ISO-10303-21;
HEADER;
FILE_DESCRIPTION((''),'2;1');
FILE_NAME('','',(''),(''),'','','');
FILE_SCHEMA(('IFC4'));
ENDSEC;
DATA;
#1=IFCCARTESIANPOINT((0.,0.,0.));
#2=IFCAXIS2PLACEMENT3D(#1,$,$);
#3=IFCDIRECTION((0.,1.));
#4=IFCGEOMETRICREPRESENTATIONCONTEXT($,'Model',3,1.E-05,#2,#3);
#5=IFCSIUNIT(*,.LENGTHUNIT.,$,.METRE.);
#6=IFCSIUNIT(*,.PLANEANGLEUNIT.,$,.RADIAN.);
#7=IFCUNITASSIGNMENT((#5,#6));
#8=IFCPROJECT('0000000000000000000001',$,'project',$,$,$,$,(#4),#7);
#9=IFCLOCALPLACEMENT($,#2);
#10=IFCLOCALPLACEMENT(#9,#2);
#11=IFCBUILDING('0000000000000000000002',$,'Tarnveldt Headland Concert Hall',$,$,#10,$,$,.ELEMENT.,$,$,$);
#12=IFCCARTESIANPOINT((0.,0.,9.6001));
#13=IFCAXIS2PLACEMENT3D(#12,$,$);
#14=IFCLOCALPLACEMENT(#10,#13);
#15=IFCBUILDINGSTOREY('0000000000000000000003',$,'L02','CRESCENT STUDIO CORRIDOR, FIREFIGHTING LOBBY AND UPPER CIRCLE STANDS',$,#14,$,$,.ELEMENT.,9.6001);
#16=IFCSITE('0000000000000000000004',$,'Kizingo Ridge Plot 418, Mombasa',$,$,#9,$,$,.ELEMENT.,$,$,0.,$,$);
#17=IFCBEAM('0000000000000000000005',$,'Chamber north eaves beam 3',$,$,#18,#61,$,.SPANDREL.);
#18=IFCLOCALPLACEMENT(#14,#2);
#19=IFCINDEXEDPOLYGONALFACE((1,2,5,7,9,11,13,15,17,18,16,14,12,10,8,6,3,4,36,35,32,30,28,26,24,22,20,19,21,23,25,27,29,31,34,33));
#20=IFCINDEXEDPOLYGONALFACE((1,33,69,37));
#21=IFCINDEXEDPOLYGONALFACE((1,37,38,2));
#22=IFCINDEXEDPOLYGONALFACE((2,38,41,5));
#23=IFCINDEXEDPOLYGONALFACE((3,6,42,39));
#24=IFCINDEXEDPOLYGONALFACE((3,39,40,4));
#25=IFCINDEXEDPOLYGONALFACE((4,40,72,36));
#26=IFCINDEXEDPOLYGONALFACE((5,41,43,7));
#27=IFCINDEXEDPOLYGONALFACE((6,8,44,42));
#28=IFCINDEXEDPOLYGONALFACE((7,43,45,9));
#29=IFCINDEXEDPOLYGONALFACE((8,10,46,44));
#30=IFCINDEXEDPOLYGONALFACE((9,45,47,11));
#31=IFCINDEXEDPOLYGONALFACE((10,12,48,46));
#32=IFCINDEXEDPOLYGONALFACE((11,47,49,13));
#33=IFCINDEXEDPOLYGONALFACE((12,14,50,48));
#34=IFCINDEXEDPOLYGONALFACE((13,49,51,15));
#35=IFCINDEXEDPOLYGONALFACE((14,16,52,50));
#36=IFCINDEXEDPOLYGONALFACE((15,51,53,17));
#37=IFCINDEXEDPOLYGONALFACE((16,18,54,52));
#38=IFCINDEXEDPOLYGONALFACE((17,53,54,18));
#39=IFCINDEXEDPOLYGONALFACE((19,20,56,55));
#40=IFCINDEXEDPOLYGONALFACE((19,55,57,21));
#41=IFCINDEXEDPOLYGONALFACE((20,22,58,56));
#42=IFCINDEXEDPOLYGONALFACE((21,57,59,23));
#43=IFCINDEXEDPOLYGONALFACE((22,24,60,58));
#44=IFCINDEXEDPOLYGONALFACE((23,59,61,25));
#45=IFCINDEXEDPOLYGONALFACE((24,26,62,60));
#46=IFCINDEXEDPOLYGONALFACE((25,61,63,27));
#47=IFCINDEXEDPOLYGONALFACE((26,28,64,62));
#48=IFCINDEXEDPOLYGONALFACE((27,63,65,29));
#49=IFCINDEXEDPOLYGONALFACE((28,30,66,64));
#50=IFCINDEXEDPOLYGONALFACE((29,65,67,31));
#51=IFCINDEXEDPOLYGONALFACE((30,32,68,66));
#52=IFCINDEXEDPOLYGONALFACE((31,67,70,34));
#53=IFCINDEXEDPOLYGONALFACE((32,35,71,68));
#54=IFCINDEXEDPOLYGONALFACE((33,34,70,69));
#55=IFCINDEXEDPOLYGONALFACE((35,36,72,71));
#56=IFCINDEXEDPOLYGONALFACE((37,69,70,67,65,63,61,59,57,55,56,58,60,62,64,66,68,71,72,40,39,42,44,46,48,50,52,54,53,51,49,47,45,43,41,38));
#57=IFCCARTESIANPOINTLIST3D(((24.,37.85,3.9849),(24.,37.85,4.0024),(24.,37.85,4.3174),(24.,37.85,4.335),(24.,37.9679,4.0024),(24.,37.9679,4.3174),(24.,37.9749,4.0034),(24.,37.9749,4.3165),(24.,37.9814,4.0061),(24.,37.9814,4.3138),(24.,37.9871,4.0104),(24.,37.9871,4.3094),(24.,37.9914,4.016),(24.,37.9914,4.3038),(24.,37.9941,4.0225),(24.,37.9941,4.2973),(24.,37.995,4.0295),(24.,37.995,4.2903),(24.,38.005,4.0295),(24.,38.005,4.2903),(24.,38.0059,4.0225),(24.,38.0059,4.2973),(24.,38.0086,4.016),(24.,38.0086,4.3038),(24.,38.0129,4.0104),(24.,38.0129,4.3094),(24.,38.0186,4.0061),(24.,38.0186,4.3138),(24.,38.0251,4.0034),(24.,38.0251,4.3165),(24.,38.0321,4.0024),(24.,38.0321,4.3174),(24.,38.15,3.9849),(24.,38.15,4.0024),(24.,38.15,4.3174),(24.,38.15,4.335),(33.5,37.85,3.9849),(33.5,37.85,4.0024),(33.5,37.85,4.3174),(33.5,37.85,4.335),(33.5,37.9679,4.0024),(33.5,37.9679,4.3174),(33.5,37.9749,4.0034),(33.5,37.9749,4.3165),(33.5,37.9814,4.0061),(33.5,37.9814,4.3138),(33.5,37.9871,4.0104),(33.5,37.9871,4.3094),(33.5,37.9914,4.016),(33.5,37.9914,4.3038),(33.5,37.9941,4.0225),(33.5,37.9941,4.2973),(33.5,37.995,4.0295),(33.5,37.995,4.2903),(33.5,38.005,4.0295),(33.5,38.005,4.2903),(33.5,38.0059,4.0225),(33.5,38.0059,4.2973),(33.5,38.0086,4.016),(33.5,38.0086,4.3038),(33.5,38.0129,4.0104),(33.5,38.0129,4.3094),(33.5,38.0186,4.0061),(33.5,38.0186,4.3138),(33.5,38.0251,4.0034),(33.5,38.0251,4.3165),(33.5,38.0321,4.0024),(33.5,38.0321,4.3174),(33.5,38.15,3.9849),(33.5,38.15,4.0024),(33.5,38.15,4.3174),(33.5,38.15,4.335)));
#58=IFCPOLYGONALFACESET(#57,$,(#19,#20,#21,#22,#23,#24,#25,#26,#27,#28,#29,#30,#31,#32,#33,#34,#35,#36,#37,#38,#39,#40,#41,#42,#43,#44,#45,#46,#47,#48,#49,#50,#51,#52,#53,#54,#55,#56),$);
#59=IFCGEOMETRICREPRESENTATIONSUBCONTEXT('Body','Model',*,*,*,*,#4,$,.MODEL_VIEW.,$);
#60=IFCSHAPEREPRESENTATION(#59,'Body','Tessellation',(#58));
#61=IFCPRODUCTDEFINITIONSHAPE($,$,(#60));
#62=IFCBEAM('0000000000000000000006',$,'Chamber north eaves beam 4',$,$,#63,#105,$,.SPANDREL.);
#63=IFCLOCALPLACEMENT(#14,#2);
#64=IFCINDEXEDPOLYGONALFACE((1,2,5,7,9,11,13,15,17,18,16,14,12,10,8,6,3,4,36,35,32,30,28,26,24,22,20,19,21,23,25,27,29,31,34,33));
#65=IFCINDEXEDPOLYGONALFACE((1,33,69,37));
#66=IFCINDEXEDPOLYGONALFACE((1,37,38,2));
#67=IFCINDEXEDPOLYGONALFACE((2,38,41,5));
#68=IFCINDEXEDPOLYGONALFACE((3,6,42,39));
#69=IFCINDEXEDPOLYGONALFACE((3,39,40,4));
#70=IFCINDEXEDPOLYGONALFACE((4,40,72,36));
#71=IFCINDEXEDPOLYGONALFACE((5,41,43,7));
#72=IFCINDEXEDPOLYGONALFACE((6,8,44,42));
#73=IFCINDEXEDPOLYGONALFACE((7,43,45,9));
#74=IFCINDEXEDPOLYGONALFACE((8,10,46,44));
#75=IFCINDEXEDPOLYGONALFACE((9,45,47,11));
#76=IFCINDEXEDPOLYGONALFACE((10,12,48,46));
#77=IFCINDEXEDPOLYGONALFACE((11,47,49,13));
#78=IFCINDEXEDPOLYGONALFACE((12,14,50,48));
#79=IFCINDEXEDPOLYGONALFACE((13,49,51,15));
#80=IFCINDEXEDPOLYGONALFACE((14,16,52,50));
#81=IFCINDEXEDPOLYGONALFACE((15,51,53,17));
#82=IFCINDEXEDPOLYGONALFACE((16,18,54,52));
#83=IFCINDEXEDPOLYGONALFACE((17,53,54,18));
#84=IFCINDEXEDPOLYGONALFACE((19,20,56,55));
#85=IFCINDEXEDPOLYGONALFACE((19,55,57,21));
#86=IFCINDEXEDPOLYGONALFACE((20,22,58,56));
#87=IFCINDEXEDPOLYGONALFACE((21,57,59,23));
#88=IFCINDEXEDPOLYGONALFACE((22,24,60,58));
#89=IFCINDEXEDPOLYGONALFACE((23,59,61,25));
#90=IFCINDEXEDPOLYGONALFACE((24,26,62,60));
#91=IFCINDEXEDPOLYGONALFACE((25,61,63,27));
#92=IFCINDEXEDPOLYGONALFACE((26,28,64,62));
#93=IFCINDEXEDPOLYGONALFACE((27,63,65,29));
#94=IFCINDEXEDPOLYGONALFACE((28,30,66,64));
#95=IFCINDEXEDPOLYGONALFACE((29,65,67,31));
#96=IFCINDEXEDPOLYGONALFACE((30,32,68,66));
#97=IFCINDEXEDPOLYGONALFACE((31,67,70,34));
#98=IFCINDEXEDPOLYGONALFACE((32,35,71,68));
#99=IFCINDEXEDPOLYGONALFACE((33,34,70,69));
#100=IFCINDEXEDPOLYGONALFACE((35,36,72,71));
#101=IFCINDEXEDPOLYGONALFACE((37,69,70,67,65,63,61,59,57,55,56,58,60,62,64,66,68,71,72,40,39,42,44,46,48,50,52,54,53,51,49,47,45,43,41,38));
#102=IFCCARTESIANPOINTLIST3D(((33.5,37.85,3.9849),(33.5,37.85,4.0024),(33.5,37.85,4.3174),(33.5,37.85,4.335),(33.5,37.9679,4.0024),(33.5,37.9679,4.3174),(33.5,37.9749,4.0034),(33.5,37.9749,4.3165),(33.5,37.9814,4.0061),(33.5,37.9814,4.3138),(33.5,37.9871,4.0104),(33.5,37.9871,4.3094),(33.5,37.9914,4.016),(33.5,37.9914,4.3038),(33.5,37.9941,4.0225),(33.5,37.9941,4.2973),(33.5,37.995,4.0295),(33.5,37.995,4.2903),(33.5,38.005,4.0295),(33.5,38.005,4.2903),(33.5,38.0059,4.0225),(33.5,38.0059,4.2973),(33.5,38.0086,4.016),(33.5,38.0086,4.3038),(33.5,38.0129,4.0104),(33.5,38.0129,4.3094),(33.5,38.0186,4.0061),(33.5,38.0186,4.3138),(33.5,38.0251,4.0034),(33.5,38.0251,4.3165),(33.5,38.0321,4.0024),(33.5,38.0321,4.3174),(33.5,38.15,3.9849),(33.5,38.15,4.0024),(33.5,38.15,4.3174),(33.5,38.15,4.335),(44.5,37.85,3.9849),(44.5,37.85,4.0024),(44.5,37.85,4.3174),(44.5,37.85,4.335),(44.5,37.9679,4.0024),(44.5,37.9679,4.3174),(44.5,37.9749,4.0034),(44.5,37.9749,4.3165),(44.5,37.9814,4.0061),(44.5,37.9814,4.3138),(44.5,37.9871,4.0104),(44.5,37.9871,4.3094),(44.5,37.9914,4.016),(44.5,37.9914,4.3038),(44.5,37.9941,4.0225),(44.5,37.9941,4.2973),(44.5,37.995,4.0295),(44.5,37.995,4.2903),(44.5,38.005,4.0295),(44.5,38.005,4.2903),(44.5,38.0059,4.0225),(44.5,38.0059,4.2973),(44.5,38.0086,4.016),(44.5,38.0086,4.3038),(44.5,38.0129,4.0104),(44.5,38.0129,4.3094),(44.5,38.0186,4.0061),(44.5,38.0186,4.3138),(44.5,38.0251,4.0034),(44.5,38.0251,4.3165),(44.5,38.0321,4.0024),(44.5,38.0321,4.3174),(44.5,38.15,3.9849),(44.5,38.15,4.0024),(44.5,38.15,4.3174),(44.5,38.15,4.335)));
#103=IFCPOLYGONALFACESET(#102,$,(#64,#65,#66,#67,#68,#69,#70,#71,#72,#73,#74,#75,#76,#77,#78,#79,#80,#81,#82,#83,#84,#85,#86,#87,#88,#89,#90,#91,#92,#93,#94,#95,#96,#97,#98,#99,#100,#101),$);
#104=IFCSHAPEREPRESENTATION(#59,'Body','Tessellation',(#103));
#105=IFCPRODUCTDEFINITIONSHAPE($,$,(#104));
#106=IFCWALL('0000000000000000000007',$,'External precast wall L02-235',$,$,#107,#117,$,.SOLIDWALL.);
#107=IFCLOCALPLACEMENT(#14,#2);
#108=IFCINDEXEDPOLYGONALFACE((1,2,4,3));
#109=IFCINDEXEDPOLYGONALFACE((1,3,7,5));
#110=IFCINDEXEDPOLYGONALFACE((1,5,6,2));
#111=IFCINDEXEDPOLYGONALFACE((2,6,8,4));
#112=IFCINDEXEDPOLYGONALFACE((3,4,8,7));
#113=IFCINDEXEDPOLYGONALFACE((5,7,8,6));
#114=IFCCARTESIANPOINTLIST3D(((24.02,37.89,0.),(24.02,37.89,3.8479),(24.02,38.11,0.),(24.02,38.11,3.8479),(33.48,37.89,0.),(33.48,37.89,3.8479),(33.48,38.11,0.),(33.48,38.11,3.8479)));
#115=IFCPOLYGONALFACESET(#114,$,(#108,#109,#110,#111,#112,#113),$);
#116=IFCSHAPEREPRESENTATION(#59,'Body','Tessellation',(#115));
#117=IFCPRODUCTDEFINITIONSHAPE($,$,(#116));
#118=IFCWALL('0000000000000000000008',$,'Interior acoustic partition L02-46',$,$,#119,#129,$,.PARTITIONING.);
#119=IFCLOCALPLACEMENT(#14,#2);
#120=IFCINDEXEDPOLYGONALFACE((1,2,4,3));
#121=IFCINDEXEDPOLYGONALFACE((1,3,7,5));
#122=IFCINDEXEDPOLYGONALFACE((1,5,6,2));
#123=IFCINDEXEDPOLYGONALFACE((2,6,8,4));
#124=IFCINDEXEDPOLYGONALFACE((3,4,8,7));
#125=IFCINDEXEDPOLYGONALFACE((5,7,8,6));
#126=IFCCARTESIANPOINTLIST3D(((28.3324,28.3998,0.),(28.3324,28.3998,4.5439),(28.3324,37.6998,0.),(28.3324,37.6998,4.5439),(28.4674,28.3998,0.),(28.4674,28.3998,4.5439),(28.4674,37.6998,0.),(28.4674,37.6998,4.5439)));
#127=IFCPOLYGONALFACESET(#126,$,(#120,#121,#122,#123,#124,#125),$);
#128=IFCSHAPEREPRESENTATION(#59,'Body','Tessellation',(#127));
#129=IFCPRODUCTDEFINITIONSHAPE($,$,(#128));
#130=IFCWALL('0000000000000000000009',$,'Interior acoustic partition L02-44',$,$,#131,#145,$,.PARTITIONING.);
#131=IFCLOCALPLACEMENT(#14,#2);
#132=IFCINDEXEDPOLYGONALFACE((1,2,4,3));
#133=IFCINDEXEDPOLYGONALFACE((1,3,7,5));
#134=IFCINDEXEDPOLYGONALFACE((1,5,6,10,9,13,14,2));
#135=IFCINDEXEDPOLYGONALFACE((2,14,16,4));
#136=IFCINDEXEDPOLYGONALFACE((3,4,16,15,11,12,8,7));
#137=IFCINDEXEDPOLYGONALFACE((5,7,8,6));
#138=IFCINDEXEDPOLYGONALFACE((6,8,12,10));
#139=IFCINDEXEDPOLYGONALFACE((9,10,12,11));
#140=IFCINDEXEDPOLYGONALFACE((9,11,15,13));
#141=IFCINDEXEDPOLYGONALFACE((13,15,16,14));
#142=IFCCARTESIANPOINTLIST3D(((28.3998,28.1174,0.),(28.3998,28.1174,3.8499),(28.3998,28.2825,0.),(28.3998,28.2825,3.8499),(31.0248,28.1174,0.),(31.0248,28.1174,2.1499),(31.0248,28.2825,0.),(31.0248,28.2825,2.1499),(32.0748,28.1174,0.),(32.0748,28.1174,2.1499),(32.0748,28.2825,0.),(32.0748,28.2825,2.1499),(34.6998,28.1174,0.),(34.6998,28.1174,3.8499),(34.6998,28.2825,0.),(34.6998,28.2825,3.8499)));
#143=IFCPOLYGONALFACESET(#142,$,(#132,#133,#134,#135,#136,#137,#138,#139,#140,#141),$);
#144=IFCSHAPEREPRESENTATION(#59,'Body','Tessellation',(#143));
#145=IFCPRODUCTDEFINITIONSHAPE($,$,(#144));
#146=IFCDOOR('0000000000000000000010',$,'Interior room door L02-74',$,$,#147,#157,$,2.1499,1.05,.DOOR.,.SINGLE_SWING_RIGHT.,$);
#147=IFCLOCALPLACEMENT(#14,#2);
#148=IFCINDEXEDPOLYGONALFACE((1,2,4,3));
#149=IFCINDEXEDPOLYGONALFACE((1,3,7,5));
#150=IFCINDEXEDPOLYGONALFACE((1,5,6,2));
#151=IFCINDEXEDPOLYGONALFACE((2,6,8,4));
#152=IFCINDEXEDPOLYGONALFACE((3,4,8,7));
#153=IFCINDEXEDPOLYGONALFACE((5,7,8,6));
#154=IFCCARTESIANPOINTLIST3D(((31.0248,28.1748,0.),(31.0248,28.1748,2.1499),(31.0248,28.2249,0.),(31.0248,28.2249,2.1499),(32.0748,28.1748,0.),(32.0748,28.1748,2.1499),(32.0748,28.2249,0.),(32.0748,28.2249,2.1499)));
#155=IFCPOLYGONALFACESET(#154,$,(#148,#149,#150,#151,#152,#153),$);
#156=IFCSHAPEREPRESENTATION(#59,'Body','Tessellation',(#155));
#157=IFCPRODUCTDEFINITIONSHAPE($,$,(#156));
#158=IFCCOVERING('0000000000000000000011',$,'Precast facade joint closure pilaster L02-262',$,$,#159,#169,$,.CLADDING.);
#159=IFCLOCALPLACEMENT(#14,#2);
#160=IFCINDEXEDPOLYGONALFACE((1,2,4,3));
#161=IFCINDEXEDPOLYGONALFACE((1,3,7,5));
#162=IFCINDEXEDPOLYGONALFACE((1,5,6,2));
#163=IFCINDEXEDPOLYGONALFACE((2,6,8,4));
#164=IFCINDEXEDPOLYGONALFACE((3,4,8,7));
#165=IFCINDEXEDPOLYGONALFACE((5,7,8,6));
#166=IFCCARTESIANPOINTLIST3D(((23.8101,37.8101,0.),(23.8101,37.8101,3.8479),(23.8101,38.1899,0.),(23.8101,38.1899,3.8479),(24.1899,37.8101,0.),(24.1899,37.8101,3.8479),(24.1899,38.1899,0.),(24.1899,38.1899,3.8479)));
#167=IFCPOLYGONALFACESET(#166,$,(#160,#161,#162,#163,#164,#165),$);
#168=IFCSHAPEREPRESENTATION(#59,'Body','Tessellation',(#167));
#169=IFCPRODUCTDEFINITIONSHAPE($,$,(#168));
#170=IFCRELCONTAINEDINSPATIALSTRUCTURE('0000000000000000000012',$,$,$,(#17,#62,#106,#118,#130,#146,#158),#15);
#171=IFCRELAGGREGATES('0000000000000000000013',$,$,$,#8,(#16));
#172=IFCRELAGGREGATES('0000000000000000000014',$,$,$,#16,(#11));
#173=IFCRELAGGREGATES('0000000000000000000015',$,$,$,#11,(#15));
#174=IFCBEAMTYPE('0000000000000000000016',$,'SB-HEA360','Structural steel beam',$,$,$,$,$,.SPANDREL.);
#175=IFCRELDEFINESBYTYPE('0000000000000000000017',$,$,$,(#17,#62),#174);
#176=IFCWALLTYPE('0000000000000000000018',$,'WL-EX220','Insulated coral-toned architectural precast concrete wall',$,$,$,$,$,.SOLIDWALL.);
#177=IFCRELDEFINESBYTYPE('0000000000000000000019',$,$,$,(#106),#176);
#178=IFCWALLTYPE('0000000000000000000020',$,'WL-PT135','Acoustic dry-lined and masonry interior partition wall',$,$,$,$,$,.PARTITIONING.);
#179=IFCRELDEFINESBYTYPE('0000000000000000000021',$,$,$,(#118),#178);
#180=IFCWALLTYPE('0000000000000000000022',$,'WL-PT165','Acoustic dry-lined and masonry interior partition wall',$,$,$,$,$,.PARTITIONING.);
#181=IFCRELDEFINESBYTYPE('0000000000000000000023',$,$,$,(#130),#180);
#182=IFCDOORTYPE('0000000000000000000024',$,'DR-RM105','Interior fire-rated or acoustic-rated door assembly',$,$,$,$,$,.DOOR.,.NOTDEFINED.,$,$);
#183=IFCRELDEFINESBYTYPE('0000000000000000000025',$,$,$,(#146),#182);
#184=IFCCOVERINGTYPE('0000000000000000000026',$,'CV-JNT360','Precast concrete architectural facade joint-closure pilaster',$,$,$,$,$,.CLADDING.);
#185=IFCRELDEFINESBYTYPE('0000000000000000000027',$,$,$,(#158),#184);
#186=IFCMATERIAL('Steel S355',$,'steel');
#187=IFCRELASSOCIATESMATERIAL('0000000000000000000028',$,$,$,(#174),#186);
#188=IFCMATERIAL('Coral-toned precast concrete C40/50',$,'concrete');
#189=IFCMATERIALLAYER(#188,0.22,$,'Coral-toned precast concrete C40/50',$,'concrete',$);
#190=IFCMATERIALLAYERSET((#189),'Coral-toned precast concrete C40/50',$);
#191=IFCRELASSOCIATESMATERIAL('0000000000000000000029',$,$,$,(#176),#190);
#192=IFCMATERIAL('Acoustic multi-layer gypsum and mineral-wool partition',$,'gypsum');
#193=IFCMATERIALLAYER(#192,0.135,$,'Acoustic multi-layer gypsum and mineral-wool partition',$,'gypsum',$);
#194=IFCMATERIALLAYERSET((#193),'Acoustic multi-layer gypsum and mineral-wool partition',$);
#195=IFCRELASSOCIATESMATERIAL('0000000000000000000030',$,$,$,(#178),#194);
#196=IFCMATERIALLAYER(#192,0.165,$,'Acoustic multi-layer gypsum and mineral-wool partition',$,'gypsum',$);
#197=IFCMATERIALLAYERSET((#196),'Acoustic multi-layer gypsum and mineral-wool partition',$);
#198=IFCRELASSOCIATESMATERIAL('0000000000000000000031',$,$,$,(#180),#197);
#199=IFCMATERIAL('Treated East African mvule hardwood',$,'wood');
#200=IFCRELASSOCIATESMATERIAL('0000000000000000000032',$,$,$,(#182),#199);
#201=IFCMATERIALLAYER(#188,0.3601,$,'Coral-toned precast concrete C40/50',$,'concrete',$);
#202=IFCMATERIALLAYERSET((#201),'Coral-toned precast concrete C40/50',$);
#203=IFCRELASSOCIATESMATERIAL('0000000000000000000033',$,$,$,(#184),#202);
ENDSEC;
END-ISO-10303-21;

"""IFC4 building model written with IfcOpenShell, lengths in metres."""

from ifc_helpers import new_model, si_unit, direction, frame, frame_2d, origin, origin_2d, place, context, subcontext, project, spatial, rectangle, i_section, extrude, material, layer, layer_set, material_profile, profile_set, type_object, element, fill, save


model = new_model("IFC4")

# Units and contexts
model_context = context("Model", 3, precision=1e-05, world=origin(), true_north=direction((0.0, 1.0)))
body_context = subcontext(model_context, "Body", "Model", "MODEL_VIEW")
ifc_project = project(units=[si_unit("LENGTHUNIT", "METRE"), si_unit("PLANEANGLEUNIT", "RADIAN")], contexts=[model_context])

# Site, building, storey
site_placement = place(None, origin())
site = spatial("IfcSite", under=ifc_project, at=site_placement, Name="Kizingo Ridge Plot 418, Mombasa", CompositionType="ELEMENT", RefElevation=0.0)
building_placement = place(site_placement, origin())
building = spatial("IfcBuilding", under=site, at=building_placement, Name="Tarnveldt Headland Concert Hall", CompositionType="ELEMENT")
storey_placement = place(building_placement, frame((0.0, 0.0, 9.6001)))
storey = spatial("IfcBuildingStorey", under=building, at=storey_placement, Name="L02", Description="CRESCENT STUDIO CORRIDOR, FIREFIGHTING LOBBY AND UPPER CIRCLE STANDS", CompositionType="ELEMENT", Elevation=9.6001)

# Shared definitions
ifc_material_1 = material(Name="Steel S355", Category="steel")

# Beams
ifc_material_profile_1 = material_profile(ifc_material_1, i_section(OverallWidth=0.3, OverallDepth=0.3501, WebThickness=0.01, FlangeThickness=0.0176, FilletRadius=0.0271, at=origin_2d()), Name="HEA360", Category="steel")
ifc_profile_set_1 = profile_set([ifc_material_profile_1], Name="Steel S355")
beam_type = type_object("IfcBeamType", Name="SB-HEA360", Description="Structural steel beam", PredefinedType="SPANDREL", material=ifc_profile_set_1)
beam_1_placement = place(storey_placement, frame((24.0, 38.0, 4.1599), z_axis=(1.0, 0.0, 0.0), x_axis=(0.0, 1.0, 0.0)))
element("IfcBeam", 1, at=beam_1_placement, inside=storey, type_object=beam_type, Name="Chamber north eaves beam 3", PredefinedType="SPANDREL", context=body_context, shape_type="SweptSolid", body=[
    extrude(i_section(OverallWidth=0.3, OverallDepth=0.3501, WebThickness=0.01, FlangeThickness=0.0176, FilletRadius=0.0271, at=origin_2d()), origin(), (0.0, 0.0, 1.0), 9.5),
])
beam_2_placement = place(storey_placement, frame((33.5, 38.0, 4.1599), z_axis=(1.0, 0.0, 0.0), x_axis=(0.0, 1.0, 0.0)))
element("IfcBeam", 2, at=beam_2_placement, inside=storey, type_object=beam_type, Name="Chamber north eaves beam 4", PredefinedType="SPANDREL", context=body_context, shape_type="SweptSolid", body=[
    extrude(i_section(OverallWidth=0.3, OverallDepth=0.3501, WebThickness=0.01, FlangeThickness=0.0176, FilletRadius=0.0271, at=origin_2d()), origin(), (0.0, 0.0, 1.0), 11.0),
])

# Walls
ifc_material_2 = material(Name="Coral-toned precast concrete C40/50", Category="concrete")
ifc_layer_1 = layer(ifc_material_2, 0.22, Name="Coral-toned precast concrete C40/50", Category="concrete")
ifc_layer_set_1 = layer_set([ifc_layer_1], Name="Coral-toned precast concrete C40/50")
wall_type_1 = type_object("IfcWallType", Name="WL-EX220", Description="Insulated coral-toned architectural precast concrete wall", PredefinedType="SOLIDWALL", material=ifc_layer_set_1)
wall_1_placement = place(storey_placement, frame((24.02, 38.0, 0.0), z_axis=(0.0, 0.0, 1.0), x_axis=(1.0, 0.0, 0.0)))
element("IfcWall", 3, at=wall_1_placement, inside=storey, type_object=wall_type_1, Name="External precast wall L02-235", PredefinedType="SOLIDWALL", context=body_context, shape_type="SweptSolid", body=[
    extrude(rectangle(XDim=9.46, YDim=0.22, at=frame_2d((4.73, 0.0))), origin(), (0.0, 0.0, 1.0), 3.8479),
])
ifc_material_3 = material(Name="Acoustic multi-layer gypsum and mineral-wool partition", Category="gypsum")
ifc_layer_2 = layer(ifc_material_3, 0.135, Name="Acoustic multi-layer gypsum and mineral-wool partition", Category="gypsum")
ifc_layer_set_2 = layer_set([ifc_layer_2], Name="Acoustic multi-layer gypsum and mineral-wool partition")
wall_type_2 = type_object("IfcWallType", Name="WL-PT135", Description="Acoustic dry-lined and masonry interior partition wall", PredefinedType="PARTITIONING", material=ifc_layer_set_2)
wall_2_placement = place(storey_placement, frame((28.3999, 28.3999, 0.0), z_axis=(0.0, 0.0, 1.0), x_axis=(0.0, 1.0, 0.0)))
element("IfcWall", 4, at=wall_2_placement, inside=storey, type_object=wall_type_2, Name="Interior acoustic partition L02-46", PredefinedType="PARTITIONING", context=body_context, shape_type="SweptSolid", body=[
    extrude(rectangle(XDim=9.3, YDim=0.135, at=frame_2d((4.6499, 0.0))), origin(), (0.0, 0.0, 1.0), 4.5439),
])

# Wall, opening, door
ifc_layer_3 = layer(ifc_material_3, 0.165, Name="Acoustic multi-layer gypsum and mineral-wool partition", Category="gypsum")
ifc_layer_set_3 = layer_set([ifc_layer_3], Name="Acoustic multi-layer gypsum and mineral-wool partition")
wall_type_3 = type_object("IfcWallType", Name="WL-PT165", Description="Acoustic dry-lined and masonry interior partition wall", PredefinedType="PARTITIONING", material=ifc_layer_set_3)
wall_3_placement = place(storey_placement, frame((28.3999, 28.2, 0.0), z_axis=(0.0, 0.0, 1.0), x_axis=(1.0, 0.0, 0.0)))
wall_3 = element("IfcWall", 5, at=wall_3_placement, inside=storey, type_object=wall_type_3, Name="Interior acoustic partition L02-44", PredefinedType="PARTITIONING", context=body_context, shape_type="SweptSolid", body=[
    extrude(rectangle(XDim=6.3, YDim=0.165, at=frame_2d((3.1499, 0.0))), origin(), (0.0, 0.0, 1.0), 3.8499),
])
opening_placement = place(wall_3_placement, frame((2.625, 0.0, 0.0)))
opening = element("IfcOpeningElement", 6, at=opening_placement, cuts=wall_3, PredefinedType="OPENING", context=body_context, shape_type="SweptSolid", body=[
    extrude(rectangle(XDim=1.05, YDim=2.1499, at=frame_2d((0.5249, 1.075))), frame((0.0, 0.0925, 0.0), z_axis=(0.0, -1.0, 0.0), x_axis=(1.0, 0.0, 0.0)), (0.0, 0.0, 1.0), 0.1851),
])
ifc_material_4 = material(Name="Treated East African mvule hardwood", Category="wood")
door_type = type_object("IfcDoorType", Name="DR-RM105", Description="Interior fire-rated or acoustic-rated door assembly", OperationType="NOTDEFINED", PredefinedType="DOOR", material=ifc_material_4)
door_placement = place(opening_placement, origin())
door = element("IfcDoor", 7, at=door_placement, inside=storey, type_object=door_type, Name="Interior room door L02-74", OperationType="SINGLE_SWING_RIGHT", OverallHeight=2.1499, OverallWidth=1.05, PredefinedType="DOOR", context=body_context, shape_type="SweptSolid", body=[
    extrude(rectangle(XDim=1.05, YDim=2.1499, at=frame_2d((0.5249, 1.075))), frame((0.0, 0.0249, 0.0), z_axis=(0.0, -1.0, 0.0), x_axis=(1.0, 0.0, 0.0)), (0.0, 0.0, 1.0), 0.05),
])
fill(opening, door)

# Covering
ifc_layer_4 = layer(ifc_material_2, 0.3601, Name="Coral-toned precast concrete C40/50", Category="concrete")
ifc_layer_set_4 = layer_set([ifc_layer_4], Name="Coral-toned precast concrete C40/50")
covering_type = type_object("IfcCoveringType", Name="CV-JNT360", Description="Precast concrete architectural facade joint-closure pilaster", PredefinedType="CLADDING", material=ifc_layer_set_4)
covering_placement = place(storey_placement, frame((24.0, 38.0, 0.0), z_axis=(0.0, 0.0, 1.0), x_axis=(1.0, 0.0, 0.0)))
element("IfcCovering", 8, at=covering_placement, inside=storey, type_object=covering_type, Name="Precast facade joint closure pilaster L02-262", PredefinedType="CLADDING", context=body_context, shape_type="SweptSolid", body=[
    extrude(rectangle(XDim=0.3799, YDim=0.3799, at=origin_2d()), origin(), (0.0, 0.0, 1.0), 3.8479),
])

save(model, "model.ifc")
